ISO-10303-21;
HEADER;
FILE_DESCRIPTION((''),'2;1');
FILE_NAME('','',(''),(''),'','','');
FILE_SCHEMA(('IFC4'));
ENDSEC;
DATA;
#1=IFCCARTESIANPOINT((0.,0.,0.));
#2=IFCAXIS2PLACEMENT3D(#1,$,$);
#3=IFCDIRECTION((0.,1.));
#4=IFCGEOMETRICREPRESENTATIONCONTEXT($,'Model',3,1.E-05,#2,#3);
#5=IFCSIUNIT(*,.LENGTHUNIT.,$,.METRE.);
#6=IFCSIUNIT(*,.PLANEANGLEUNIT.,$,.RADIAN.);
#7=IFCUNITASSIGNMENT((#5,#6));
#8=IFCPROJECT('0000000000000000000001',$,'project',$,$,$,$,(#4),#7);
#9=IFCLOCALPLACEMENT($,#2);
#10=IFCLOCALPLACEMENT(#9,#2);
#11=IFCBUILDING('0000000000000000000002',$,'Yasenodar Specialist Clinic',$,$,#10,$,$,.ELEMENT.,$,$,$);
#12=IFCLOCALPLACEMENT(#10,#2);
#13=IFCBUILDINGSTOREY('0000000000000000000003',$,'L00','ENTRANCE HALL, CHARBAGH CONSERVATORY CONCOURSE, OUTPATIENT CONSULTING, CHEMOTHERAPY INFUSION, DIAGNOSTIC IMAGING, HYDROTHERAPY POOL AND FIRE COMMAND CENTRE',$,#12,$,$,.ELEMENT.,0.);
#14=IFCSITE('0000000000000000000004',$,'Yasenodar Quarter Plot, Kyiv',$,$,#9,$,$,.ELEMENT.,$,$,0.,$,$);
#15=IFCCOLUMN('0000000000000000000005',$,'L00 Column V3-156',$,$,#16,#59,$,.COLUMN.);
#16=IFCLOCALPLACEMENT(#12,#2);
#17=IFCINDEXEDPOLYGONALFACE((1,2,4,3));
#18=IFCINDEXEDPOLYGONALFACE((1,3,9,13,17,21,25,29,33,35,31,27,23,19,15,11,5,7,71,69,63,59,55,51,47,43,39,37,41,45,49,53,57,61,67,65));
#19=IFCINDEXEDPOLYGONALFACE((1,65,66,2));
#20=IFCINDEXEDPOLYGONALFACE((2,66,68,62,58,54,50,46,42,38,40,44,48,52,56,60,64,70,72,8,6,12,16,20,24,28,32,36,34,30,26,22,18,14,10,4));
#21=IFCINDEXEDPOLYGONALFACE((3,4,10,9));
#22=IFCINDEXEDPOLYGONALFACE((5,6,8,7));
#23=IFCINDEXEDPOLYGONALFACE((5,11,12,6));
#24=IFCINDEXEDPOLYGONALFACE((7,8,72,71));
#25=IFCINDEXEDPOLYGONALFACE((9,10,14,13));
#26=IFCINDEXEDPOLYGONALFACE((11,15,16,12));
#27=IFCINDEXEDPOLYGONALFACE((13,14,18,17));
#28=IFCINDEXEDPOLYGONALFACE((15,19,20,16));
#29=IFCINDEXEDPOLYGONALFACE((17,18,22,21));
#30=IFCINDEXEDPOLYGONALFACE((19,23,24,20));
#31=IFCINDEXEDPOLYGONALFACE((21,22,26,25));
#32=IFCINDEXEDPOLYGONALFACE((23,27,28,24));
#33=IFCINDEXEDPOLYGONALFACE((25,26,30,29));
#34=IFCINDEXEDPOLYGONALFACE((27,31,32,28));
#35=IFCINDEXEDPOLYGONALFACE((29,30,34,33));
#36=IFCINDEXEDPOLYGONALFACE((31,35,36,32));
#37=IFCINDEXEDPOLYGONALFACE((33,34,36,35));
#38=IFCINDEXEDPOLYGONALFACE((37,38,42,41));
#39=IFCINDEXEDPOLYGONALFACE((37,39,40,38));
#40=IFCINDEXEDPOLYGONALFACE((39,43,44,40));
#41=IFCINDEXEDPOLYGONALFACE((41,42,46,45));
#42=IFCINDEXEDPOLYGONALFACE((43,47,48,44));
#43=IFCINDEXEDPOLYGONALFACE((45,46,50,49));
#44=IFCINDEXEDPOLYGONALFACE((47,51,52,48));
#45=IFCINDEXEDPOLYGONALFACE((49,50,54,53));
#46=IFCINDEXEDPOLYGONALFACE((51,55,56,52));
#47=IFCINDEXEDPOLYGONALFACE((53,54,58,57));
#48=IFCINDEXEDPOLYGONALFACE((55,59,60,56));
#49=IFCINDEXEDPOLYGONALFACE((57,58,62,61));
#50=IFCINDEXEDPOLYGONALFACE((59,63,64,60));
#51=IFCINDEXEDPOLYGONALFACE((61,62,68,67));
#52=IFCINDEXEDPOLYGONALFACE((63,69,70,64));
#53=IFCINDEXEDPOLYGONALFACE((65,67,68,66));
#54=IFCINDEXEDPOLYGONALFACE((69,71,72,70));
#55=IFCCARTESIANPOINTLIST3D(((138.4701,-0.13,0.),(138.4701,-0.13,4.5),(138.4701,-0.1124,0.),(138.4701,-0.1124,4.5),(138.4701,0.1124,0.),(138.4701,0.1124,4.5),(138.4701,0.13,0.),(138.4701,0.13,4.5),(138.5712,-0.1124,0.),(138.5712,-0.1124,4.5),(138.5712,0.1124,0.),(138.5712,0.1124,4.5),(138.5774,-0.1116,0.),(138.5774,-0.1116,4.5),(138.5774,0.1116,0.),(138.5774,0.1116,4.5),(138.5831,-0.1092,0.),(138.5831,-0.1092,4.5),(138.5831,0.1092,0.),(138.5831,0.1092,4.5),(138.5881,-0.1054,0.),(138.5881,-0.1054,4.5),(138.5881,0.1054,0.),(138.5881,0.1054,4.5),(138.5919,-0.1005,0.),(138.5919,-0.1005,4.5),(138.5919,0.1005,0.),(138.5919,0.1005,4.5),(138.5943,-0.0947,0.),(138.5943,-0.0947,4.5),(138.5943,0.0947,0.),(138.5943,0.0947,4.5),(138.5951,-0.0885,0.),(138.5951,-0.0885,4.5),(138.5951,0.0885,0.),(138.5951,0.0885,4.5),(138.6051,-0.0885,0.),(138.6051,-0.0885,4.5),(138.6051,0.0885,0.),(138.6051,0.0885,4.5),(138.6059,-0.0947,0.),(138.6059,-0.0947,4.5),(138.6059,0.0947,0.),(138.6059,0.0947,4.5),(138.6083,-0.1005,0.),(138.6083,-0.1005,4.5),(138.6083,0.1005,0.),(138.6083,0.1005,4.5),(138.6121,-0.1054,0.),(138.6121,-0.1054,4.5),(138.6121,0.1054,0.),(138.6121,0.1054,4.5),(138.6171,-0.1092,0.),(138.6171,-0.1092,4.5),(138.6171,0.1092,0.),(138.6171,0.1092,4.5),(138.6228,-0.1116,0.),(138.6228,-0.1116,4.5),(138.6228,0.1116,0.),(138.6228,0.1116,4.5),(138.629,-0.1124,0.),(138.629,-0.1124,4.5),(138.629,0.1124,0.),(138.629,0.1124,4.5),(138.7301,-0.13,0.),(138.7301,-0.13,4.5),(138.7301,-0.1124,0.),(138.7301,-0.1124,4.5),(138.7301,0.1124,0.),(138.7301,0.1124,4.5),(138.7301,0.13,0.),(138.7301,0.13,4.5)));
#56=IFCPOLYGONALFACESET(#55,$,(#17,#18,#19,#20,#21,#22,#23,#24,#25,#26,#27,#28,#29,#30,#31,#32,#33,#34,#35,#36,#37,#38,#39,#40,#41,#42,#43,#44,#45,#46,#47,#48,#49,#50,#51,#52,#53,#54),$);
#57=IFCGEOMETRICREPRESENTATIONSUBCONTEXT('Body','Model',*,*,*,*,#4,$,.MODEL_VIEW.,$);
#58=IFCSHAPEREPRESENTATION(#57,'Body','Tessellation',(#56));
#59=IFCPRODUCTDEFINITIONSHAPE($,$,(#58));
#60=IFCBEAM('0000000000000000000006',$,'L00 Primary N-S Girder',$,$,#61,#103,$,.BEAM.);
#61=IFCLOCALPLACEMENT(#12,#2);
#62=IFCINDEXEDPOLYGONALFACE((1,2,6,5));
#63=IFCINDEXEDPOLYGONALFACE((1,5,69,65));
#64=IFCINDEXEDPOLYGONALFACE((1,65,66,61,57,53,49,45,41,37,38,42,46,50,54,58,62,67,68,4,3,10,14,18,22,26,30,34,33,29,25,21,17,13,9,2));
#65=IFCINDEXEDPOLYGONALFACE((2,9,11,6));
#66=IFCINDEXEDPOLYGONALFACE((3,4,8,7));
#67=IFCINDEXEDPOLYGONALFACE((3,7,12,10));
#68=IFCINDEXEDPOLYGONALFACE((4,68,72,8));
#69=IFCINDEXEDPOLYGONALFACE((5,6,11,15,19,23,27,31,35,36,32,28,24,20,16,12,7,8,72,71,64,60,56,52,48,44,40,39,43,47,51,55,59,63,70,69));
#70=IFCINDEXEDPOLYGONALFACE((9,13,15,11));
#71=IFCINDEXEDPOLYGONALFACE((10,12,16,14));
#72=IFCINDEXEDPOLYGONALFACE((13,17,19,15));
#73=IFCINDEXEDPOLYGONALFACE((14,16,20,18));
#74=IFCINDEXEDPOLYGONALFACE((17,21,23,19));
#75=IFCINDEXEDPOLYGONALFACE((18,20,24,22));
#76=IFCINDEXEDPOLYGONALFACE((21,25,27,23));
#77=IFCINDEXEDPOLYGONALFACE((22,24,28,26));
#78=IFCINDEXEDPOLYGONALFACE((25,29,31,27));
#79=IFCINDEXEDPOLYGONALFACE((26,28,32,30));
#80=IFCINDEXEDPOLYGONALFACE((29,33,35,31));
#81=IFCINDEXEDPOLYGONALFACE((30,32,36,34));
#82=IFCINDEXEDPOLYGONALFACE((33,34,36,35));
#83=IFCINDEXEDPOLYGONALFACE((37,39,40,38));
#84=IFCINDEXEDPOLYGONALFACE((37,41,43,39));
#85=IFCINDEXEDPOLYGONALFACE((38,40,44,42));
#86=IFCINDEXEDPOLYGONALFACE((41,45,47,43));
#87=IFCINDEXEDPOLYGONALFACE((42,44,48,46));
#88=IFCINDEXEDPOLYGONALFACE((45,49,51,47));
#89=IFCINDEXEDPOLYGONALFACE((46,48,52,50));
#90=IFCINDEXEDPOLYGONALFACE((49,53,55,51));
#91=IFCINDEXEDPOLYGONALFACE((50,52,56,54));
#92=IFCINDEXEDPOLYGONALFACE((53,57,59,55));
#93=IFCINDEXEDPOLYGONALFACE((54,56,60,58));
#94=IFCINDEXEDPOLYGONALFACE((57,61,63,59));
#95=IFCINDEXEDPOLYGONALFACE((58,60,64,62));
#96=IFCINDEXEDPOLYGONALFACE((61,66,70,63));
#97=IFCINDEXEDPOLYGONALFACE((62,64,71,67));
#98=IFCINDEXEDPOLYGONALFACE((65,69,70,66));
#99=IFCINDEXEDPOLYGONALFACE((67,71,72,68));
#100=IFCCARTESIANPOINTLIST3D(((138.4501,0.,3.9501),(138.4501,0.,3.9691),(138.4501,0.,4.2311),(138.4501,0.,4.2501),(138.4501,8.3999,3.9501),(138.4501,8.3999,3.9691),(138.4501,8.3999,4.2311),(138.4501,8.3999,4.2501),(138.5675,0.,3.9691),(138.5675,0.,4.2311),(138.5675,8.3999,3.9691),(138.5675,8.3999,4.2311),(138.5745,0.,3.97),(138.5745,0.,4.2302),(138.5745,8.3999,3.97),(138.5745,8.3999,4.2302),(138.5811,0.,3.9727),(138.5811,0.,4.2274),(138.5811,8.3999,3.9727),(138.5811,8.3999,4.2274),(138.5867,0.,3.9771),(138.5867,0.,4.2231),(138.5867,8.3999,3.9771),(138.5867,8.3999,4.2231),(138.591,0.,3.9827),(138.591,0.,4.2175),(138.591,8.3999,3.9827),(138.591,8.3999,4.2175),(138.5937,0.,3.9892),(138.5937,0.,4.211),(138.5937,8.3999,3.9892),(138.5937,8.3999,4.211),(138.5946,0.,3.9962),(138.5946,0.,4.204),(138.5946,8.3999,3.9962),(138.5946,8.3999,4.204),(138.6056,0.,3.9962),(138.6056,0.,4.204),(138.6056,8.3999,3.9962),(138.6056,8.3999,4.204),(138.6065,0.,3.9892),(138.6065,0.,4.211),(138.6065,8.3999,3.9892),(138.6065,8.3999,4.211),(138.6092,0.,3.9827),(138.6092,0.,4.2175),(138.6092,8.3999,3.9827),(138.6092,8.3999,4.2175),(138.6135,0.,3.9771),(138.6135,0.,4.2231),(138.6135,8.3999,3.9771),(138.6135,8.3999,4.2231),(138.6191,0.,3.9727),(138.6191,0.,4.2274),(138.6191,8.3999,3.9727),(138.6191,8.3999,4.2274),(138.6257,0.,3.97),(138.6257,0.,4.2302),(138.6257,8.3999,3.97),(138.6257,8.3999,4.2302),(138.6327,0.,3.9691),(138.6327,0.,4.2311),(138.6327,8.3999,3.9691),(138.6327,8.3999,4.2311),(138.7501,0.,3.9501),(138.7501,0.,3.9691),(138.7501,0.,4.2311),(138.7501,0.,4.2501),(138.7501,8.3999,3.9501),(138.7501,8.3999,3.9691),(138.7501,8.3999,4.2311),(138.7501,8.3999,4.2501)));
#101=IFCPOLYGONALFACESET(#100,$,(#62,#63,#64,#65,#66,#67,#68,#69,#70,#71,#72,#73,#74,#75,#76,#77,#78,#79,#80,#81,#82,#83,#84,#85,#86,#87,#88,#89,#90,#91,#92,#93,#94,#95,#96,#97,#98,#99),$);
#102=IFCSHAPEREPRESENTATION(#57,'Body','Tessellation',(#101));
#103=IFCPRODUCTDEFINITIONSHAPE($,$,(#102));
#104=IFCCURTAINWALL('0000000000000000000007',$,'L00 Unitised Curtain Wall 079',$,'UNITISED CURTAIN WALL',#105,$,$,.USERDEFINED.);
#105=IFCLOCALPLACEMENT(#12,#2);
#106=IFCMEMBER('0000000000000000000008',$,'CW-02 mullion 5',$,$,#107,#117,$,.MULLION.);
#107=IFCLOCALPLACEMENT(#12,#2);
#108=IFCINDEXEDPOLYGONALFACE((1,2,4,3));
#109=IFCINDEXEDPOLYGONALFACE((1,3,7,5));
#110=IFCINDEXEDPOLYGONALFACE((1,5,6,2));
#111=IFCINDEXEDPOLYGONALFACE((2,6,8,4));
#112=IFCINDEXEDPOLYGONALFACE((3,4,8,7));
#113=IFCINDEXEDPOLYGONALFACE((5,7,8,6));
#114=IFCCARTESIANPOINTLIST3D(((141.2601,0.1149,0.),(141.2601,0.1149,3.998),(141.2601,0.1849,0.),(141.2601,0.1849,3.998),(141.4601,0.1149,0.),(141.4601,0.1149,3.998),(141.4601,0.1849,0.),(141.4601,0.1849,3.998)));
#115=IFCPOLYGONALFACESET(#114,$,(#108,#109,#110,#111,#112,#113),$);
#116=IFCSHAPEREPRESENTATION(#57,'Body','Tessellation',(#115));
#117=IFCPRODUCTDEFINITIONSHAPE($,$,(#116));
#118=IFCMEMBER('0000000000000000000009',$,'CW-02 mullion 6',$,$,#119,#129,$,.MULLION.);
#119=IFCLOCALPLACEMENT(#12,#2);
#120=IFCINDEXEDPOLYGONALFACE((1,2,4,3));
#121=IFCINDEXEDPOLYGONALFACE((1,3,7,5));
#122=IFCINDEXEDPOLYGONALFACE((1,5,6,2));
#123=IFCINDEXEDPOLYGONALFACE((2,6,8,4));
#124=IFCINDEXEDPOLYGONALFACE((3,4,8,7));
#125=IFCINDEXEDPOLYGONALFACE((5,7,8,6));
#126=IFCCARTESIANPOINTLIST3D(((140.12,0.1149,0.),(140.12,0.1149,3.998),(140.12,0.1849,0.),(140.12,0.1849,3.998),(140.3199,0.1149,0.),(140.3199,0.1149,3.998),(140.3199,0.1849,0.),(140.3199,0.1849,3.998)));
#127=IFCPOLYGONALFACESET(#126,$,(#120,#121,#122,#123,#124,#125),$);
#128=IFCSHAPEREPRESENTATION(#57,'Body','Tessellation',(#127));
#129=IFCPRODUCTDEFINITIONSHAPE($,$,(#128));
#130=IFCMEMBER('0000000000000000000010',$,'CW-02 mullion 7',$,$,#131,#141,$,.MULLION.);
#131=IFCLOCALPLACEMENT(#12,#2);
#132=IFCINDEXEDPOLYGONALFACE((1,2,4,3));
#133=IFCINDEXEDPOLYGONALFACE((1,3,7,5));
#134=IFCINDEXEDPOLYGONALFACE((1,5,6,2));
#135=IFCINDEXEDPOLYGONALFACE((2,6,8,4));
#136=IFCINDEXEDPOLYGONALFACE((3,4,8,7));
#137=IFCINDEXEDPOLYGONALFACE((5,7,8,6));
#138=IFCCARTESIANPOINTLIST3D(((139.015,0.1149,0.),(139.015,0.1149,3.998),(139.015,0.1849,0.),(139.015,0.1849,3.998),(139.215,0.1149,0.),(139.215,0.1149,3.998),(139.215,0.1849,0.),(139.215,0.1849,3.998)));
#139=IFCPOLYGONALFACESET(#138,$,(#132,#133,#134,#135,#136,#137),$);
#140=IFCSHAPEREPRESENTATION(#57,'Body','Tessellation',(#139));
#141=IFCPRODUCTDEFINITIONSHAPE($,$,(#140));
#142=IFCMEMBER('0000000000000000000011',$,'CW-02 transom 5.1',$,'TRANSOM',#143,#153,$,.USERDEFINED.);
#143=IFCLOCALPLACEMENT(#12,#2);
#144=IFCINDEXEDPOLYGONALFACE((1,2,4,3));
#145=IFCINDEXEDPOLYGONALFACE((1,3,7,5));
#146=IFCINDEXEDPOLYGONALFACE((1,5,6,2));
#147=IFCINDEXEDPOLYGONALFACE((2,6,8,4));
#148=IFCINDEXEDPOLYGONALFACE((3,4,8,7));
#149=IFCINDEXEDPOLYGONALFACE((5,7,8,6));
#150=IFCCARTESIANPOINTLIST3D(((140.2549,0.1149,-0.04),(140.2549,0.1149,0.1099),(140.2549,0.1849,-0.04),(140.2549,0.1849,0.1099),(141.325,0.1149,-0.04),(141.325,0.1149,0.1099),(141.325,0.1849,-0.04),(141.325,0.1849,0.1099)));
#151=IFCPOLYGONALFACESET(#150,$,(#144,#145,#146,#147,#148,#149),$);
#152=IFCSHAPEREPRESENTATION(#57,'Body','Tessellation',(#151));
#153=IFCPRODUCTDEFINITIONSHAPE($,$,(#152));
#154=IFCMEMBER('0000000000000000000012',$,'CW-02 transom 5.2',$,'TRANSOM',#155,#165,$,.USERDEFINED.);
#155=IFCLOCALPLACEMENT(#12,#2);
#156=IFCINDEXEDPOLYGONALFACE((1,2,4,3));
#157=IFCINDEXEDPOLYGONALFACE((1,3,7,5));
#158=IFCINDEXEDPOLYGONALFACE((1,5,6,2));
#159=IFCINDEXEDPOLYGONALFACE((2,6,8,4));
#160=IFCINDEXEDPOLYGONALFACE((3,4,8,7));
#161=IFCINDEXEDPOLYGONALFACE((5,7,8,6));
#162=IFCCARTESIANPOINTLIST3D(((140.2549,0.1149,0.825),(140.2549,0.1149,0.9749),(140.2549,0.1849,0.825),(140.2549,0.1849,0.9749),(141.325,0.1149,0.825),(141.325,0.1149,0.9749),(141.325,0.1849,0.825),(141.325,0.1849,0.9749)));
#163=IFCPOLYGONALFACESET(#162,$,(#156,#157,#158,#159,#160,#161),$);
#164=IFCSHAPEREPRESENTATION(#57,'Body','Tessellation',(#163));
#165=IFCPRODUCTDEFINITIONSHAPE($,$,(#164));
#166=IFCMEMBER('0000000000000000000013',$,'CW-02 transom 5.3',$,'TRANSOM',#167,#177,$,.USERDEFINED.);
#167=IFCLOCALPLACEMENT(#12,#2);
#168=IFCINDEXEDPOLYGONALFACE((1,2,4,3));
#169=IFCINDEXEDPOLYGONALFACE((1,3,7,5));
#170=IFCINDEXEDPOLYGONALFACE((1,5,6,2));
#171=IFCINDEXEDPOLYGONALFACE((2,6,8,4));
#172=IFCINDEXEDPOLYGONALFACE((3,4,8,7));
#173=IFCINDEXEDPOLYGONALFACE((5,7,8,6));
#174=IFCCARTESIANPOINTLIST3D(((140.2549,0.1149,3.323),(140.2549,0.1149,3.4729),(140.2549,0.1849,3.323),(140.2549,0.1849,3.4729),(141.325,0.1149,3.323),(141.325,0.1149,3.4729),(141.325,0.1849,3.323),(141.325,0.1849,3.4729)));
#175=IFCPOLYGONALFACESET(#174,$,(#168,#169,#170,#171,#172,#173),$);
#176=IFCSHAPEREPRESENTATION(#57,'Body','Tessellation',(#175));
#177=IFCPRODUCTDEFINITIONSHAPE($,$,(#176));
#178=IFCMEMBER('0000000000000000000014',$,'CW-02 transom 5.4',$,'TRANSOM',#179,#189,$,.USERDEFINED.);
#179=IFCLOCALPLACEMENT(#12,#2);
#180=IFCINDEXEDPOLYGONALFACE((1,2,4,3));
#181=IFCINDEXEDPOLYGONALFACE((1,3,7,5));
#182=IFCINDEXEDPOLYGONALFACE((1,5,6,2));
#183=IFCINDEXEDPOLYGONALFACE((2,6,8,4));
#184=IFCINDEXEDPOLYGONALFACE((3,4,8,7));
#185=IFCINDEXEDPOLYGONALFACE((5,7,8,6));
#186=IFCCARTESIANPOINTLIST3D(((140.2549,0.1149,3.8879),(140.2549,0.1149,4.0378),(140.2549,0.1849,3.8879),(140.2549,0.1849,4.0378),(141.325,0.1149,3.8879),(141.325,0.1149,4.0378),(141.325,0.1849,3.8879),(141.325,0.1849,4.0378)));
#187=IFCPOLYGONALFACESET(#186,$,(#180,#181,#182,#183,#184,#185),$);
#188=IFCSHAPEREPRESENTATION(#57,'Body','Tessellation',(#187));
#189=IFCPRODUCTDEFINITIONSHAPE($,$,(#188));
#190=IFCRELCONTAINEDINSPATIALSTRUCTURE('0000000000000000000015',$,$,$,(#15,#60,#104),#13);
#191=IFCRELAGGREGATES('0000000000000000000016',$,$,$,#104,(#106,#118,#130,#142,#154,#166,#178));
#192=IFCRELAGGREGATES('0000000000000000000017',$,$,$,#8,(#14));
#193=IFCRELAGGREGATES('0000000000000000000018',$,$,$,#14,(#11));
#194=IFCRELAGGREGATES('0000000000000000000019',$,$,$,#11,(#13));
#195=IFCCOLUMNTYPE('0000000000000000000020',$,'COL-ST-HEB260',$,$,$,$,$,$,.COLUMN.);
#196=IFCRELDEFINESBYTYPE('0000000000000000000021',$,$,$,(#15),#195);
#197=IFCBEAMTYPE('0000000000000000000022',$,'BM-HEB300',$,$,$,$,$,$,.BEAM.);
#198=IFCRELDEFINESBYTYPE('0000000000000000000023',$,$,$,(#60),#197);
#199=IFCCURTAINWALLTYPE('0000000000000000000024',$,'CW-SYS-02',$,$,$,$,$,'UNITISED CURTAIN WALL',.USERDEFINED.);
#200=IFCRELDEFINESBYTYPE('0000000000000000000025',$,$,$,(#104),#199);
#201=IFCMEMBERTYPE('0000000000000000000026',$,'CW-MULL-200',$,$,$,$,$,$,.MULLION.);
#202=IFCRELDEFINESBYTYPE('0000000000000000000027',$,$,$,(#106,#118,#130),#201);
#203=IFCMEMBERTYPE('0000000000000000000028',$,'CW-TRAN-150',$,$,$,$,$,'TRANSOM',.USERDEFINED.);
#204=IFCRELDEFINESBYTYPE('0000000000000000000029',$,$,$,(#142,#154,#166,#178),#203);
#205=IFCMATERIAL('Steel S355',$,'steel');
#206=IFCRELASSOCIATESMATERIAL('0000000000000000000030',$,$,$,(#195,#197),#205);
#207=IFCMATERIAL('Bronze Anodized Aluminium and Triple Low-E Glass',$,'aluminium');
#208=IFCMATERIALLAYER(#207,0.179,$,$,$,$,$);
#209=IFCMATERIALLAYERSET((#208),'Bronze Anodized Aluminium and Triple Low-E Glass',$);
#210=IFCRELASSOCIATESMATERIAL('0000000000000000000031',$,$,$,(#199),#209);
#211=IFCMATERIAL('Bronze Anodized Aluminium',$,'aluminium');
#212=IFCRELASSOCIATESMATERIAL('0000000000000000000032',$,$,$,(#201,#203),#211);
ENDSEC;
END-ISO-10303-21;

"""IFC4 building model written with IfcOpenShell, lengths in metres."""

from ifc_helpers import new_model, si_unit, direction, frame, origin, origin_2d, place, context, subcontext, project, spatial, rectangle, i_section, extrude, material, layer, layer_set, material_profile, profile_set, type_object, element, aggregate, save


model = new_model("IFC4")

# Units and contexts
model_context = context("Model", 3, precision=1e-05, world=origin(), true_north=direction((0.0, 1.0)))
body_context = subcontext(model_context, "Body", "Model", "MODEL_VIEW")
ifc_project = project(units=[si_unit("LENGTHUNIT", "METRE"), si_unit("PLANEANGLEUNIT", "RADIAN")], contexts=[model_context])

# Site, building, storey
site_placement = place(None, origin())
site = spatial("IfcSite", under=ifc_project, at=site_placement, Name="Yasenodar Quarter Plot, Kyiv", CompositionType="ELEMENT", RefElevation=0.0)
building_placement = place(site_placement, origin())
building = spatial("IfcBuilding", under=site, at=building_placement, Name="Yasenodar Specialist Clinic", CompositionType="ELEMENT")
storey_placement = place(building_placement, origin())
storey = spatial("IfcBuildingStorey", under=building, at=storey_placement, Name="L00", Description="ENTRANCE HALL, CHARBAGH CONSERVATORY CONCOURSE, OUTPATIENT CONSULTING, CHEMOTHERAPY INFUSION, DIAGNOSTIC IMAGING, HYDROTHERAPY POOL AND FIRE COMMAND CENTRE", CompositionType="ELEMENT", Elevation=0.0)

# Column
ifc_material_1 = material(Name="Steel S355", Category="steel")
ifc_material_profile_1 = material_profile(ifc_material_1, i_section(OverallWidth=0.26, OverallDepth=0.26, WebThickness=0.01, FlangeThickness=0.0176, FilletRadius=0.0239, at=origin_2d()), Name="HEB 260")
ifc_profile_set_1 = profile_set([ifc_material_profile_1], Name="Steel S355")
column_type = type_object("IfcColumnType", Name="COL-ST-HEB260", PredefinedType="COLUMN", material=ifc_profile_set_1)
column_placement = place(storey_placement, frame((138.6001, 0.0, 0.0), z_axis=(0.0, 0.0, 1.0), x_axis=(1.0, 0.0, 0.0)))
element("IfcColumn", 1, at=column_placement, inside=storey, type_object=column_type, Name="L00 Column V3-156", PredefinedType="COLUMN", context=body_context, shape_type="SweptSolid", body=[
    extrude(i_section(OverallWidth=0.26, OverallDepth=0.26, WebThickness=0.01, FlangeThickness=0.0176, FilletRadius=0.0239, at=origin_2d()), origin(), (0.0, 0.0, 1.0), 4.5),
])

# Beam
ifc_material_profile_2 = material_profile(ifc_material_1, i_section(OverallWidth=0.3, OverallDepth=0.3, WebThickness=0.011, FlangeThickness=0.019, FilletRadius=0.0271, at=origin_2d()), Name="HEB 300")
ifc_profile_set_2 = profile_set([ifc_material_profile_2], Name="Steel S355")
beam_type_1 = type_object("IfcBeamType", Name="BM-HEB300", PredefinedType="BEAM", material=ifc_profile_set_2)
beam_1_placement = place(storey_placement, frame((138.6001, 0.0, 4.1001), z_axis=(0.0, 1.0, 0.0), x_axis=(-1.0, 0.0, 0.0)))
element("IfcBeam", 2, at=beam_1_placement, inside=storey, type_object=beam_type_1, Name="L00 Primary N-S Girder", PredefinedType="BEAM", context=body_context, shape_type="SweptSolid", body=[
    extrude(i_section(OverallWidth=0.3, OverallDepth=0.3, WebThickness=0.011, FlangeThickness=0.019, FilletRadius=0.0271, at=origin_2d()), origin(), (0.0, 0.0, 1.0), 8.3999),
])

# Curtain wall, members
ifc_material_2 = material(Name="Bronze Anodized Aluminium and Triple Low-E Glass", Category="aluminium")
ifc_layer_1 = layer(ifc_material_2, 0.179)
ifc_layer_set_1 = layer_set([ifc_layer_1], Name="Bronze Anodized Aluminium and Triple Low-E Glass")
curtain_wall_type = type_object("IfcCurtainWallType", Name="CW-SYS-02", ElementType="UNITISED CURTAIN WALL", PredefinedType="USERDEFINED", material=ifc_layer_set_1)
curtain_wall_placement = place(storey_placement, origin())
curtain_wall = element("IfcCurtainWall", 3, at=curtain_wall_placement, inside=storey, type_object=curtain_wall_type, Name="L00 Unitised Curtain Wall 079", ObjectType="UNITISED CURTAIN WALL", PredefinedType="USERDEFINED")
ifc_material_3 = material(Name="Bronze Anodized Aluminium", Category="aluminium")
ifc_material_profile_3 = material_profile(ifc_material_3, rectangle(XDim=0.0701, YDim=0.2, at=origin_2d()), Name="CW-MULL 70x200")
ifc_profile_set_3 = profile_set([ifc_material_profile_3], Name="Bronze Anodized Aluminium")
member_type_1 = type_object("IfcMemberType", Name="CW-MULL-200", PredefinedType="MULLION", material=ifc_profile_set_3)
member_1_placement = place(storey_placement, frame((141.3601, 0.1499, 0.0), z_axis=(0.0, 0.0, 1.0), x_axis=(0.0, -1.0, 0.0)))
member_1 = element("IfcMember", 4, at=member_1_placement, type_object=member_type_1, Name="CW-02 mullion 5", PredefinedType="MULLION", context=body_context, shape_type="SweptSolid", body=[
    extrude(rectangle(XDim=0.0701, YDim=0.2, at=origin_2d()), origin(), (0.0, 0.0, 1.0), 3.998),
])
member_2_placement = place(storey_placement, frame((140.22, 0.1499, 0.0), z_axis=(0.0, 0.0, 1.0), x_axis=(0.0, -1.0, 0.0)))
member_2 = element("IfcMember", 5, at=member_2_placement, type_object=member_type_1, Name="CW-02 mullion 6", PredefinedType="MULLION", context=body_context, shape_type="SweptSolid", body=[
    extrude(rectangle(XDim=0.0701, YDim=0.2, at=origin_2d()), origin(), (0.0, 0.0, 1.0), 3.998),
])
member_3_placement = place(storey_placement, frame((139.115, 0.1499, 0.0), z_axis=(0.0, 0.0, 1.0), x_axis=(0.0, -1.0, 0.0)))
member_3 = element("IfcMember", 6, at=member_3_placement, type_object=member_type_1, Name="CW-02 mullion 7", PredefinedType="MULLION", context=body_context, shape_type="SweptSolid", body=[
    extrude(rectangle(XDim=0.0701, YDim=0.2, at=origin_2d()), origin(), (0.0, 0.0, 1.0), 3.998),
])
ifc_material_profile_4 = material_profile(ifc_material_3, rectangle(XDim=0.0701, YDim=0.1499, at=origin_2d()), Name="CW-TRAN 70x150")
ifc_profile_set_4 = profile_set([ifc_material_profile_4], Name="Bronze Anodized Aluminium")
member_type_2 = type_object("IfcMemberType", Name="CW-TRAN-150", ElementType="TRANSOM", PredefinedType="USERDEFINED", material=ifc_profile_set_4)
member_4_placement = place(storey_placement, frame((141.325, 0.1499, 0.0349), z_axis=(-1.0, 0.0, 0.0), x_axis=(0.0, -1.0, 0.0)))
member_4 = element("IfcMember", 7, at=member_4_placement, type_object=member_type_2, Name="CW-02 transom 5.1", ObjectType="TRANSOM", PredefinedType="USERDEFINED", context=body_context, shape_type="SweptSolid", body=[
    extrude(rectangle(XDim=0.0701, YDim=0.1499, at=origin_2d()), origin(), (0.0, 0.0, 1.0), 1.0701),
])
member_5_placement = place(storey_placement, frame((141.325, 0.1499, 0.8999), z_axis=(-1.0, 0.0, 0.0), x_axis=(0.0, -1.0, 0.0)))
member_5 = element("IfcMember", 8, at=member_5_placement, type_object=member_type_2, Name="CW-02 transom 5.2", ObjectType="TRANSOM", PredefinedType="USERDEFINED", context=body_context, shape_type="SweptSolid", body=[
    extrude(rectangle(XDim=0.0701, YDim=0.1499, at=origin_2d()), origin(), (0.0, 0.0, 1.0), 1.0701),
])
member_6_placement = place(storey_placement, frame((141.325, 0.1499, 3.3979), z_axis=(-1.0, 0.0, 0.0), x_axis=(0.0, -1.0, 0.0)))
member_6 = element("IfcMember", 9, at=member_6_placement, type_object=member_type_2, Name="CW-02 transom 5.3", ObjectType="TRANSOM", PredefinedType="USERDEFINED", context=body_context, shape_type="SweptSolid", body=[
    extrude(rectangle(XDim=0.0701, YDim=0.1499, at=origin_2d()), origin(), (0.0, 0.0, 1.0), 1.0701),
])
member_7_placement = place(storey_placement, frame((141.325, 0.1499, 3.9629), z_axis=(-1.0, 0.0, 0.0), x_axis=(0.0, -1.0, 0.0)))
member_7 = element("IfcMember", 10, at=member_7_placement, type_object=member_type_2, Name="CW-02 transom 5.4", ObjectType="TRANSOM", PredefinedType="USERDEFINED", context=body_context, shape_type="SweptSolid", body=[
    extrude(rectangle(XDim=0.0701, YDim=0.1499, at=origin_2d()), origin(), (0.0, 0.0, 1.0), 1.0701),
])

aggregate(curtain_wall, [member_1, member_2, member_3, member_4, member_5, member_6, member_7])

save(model, "model.ifc")
